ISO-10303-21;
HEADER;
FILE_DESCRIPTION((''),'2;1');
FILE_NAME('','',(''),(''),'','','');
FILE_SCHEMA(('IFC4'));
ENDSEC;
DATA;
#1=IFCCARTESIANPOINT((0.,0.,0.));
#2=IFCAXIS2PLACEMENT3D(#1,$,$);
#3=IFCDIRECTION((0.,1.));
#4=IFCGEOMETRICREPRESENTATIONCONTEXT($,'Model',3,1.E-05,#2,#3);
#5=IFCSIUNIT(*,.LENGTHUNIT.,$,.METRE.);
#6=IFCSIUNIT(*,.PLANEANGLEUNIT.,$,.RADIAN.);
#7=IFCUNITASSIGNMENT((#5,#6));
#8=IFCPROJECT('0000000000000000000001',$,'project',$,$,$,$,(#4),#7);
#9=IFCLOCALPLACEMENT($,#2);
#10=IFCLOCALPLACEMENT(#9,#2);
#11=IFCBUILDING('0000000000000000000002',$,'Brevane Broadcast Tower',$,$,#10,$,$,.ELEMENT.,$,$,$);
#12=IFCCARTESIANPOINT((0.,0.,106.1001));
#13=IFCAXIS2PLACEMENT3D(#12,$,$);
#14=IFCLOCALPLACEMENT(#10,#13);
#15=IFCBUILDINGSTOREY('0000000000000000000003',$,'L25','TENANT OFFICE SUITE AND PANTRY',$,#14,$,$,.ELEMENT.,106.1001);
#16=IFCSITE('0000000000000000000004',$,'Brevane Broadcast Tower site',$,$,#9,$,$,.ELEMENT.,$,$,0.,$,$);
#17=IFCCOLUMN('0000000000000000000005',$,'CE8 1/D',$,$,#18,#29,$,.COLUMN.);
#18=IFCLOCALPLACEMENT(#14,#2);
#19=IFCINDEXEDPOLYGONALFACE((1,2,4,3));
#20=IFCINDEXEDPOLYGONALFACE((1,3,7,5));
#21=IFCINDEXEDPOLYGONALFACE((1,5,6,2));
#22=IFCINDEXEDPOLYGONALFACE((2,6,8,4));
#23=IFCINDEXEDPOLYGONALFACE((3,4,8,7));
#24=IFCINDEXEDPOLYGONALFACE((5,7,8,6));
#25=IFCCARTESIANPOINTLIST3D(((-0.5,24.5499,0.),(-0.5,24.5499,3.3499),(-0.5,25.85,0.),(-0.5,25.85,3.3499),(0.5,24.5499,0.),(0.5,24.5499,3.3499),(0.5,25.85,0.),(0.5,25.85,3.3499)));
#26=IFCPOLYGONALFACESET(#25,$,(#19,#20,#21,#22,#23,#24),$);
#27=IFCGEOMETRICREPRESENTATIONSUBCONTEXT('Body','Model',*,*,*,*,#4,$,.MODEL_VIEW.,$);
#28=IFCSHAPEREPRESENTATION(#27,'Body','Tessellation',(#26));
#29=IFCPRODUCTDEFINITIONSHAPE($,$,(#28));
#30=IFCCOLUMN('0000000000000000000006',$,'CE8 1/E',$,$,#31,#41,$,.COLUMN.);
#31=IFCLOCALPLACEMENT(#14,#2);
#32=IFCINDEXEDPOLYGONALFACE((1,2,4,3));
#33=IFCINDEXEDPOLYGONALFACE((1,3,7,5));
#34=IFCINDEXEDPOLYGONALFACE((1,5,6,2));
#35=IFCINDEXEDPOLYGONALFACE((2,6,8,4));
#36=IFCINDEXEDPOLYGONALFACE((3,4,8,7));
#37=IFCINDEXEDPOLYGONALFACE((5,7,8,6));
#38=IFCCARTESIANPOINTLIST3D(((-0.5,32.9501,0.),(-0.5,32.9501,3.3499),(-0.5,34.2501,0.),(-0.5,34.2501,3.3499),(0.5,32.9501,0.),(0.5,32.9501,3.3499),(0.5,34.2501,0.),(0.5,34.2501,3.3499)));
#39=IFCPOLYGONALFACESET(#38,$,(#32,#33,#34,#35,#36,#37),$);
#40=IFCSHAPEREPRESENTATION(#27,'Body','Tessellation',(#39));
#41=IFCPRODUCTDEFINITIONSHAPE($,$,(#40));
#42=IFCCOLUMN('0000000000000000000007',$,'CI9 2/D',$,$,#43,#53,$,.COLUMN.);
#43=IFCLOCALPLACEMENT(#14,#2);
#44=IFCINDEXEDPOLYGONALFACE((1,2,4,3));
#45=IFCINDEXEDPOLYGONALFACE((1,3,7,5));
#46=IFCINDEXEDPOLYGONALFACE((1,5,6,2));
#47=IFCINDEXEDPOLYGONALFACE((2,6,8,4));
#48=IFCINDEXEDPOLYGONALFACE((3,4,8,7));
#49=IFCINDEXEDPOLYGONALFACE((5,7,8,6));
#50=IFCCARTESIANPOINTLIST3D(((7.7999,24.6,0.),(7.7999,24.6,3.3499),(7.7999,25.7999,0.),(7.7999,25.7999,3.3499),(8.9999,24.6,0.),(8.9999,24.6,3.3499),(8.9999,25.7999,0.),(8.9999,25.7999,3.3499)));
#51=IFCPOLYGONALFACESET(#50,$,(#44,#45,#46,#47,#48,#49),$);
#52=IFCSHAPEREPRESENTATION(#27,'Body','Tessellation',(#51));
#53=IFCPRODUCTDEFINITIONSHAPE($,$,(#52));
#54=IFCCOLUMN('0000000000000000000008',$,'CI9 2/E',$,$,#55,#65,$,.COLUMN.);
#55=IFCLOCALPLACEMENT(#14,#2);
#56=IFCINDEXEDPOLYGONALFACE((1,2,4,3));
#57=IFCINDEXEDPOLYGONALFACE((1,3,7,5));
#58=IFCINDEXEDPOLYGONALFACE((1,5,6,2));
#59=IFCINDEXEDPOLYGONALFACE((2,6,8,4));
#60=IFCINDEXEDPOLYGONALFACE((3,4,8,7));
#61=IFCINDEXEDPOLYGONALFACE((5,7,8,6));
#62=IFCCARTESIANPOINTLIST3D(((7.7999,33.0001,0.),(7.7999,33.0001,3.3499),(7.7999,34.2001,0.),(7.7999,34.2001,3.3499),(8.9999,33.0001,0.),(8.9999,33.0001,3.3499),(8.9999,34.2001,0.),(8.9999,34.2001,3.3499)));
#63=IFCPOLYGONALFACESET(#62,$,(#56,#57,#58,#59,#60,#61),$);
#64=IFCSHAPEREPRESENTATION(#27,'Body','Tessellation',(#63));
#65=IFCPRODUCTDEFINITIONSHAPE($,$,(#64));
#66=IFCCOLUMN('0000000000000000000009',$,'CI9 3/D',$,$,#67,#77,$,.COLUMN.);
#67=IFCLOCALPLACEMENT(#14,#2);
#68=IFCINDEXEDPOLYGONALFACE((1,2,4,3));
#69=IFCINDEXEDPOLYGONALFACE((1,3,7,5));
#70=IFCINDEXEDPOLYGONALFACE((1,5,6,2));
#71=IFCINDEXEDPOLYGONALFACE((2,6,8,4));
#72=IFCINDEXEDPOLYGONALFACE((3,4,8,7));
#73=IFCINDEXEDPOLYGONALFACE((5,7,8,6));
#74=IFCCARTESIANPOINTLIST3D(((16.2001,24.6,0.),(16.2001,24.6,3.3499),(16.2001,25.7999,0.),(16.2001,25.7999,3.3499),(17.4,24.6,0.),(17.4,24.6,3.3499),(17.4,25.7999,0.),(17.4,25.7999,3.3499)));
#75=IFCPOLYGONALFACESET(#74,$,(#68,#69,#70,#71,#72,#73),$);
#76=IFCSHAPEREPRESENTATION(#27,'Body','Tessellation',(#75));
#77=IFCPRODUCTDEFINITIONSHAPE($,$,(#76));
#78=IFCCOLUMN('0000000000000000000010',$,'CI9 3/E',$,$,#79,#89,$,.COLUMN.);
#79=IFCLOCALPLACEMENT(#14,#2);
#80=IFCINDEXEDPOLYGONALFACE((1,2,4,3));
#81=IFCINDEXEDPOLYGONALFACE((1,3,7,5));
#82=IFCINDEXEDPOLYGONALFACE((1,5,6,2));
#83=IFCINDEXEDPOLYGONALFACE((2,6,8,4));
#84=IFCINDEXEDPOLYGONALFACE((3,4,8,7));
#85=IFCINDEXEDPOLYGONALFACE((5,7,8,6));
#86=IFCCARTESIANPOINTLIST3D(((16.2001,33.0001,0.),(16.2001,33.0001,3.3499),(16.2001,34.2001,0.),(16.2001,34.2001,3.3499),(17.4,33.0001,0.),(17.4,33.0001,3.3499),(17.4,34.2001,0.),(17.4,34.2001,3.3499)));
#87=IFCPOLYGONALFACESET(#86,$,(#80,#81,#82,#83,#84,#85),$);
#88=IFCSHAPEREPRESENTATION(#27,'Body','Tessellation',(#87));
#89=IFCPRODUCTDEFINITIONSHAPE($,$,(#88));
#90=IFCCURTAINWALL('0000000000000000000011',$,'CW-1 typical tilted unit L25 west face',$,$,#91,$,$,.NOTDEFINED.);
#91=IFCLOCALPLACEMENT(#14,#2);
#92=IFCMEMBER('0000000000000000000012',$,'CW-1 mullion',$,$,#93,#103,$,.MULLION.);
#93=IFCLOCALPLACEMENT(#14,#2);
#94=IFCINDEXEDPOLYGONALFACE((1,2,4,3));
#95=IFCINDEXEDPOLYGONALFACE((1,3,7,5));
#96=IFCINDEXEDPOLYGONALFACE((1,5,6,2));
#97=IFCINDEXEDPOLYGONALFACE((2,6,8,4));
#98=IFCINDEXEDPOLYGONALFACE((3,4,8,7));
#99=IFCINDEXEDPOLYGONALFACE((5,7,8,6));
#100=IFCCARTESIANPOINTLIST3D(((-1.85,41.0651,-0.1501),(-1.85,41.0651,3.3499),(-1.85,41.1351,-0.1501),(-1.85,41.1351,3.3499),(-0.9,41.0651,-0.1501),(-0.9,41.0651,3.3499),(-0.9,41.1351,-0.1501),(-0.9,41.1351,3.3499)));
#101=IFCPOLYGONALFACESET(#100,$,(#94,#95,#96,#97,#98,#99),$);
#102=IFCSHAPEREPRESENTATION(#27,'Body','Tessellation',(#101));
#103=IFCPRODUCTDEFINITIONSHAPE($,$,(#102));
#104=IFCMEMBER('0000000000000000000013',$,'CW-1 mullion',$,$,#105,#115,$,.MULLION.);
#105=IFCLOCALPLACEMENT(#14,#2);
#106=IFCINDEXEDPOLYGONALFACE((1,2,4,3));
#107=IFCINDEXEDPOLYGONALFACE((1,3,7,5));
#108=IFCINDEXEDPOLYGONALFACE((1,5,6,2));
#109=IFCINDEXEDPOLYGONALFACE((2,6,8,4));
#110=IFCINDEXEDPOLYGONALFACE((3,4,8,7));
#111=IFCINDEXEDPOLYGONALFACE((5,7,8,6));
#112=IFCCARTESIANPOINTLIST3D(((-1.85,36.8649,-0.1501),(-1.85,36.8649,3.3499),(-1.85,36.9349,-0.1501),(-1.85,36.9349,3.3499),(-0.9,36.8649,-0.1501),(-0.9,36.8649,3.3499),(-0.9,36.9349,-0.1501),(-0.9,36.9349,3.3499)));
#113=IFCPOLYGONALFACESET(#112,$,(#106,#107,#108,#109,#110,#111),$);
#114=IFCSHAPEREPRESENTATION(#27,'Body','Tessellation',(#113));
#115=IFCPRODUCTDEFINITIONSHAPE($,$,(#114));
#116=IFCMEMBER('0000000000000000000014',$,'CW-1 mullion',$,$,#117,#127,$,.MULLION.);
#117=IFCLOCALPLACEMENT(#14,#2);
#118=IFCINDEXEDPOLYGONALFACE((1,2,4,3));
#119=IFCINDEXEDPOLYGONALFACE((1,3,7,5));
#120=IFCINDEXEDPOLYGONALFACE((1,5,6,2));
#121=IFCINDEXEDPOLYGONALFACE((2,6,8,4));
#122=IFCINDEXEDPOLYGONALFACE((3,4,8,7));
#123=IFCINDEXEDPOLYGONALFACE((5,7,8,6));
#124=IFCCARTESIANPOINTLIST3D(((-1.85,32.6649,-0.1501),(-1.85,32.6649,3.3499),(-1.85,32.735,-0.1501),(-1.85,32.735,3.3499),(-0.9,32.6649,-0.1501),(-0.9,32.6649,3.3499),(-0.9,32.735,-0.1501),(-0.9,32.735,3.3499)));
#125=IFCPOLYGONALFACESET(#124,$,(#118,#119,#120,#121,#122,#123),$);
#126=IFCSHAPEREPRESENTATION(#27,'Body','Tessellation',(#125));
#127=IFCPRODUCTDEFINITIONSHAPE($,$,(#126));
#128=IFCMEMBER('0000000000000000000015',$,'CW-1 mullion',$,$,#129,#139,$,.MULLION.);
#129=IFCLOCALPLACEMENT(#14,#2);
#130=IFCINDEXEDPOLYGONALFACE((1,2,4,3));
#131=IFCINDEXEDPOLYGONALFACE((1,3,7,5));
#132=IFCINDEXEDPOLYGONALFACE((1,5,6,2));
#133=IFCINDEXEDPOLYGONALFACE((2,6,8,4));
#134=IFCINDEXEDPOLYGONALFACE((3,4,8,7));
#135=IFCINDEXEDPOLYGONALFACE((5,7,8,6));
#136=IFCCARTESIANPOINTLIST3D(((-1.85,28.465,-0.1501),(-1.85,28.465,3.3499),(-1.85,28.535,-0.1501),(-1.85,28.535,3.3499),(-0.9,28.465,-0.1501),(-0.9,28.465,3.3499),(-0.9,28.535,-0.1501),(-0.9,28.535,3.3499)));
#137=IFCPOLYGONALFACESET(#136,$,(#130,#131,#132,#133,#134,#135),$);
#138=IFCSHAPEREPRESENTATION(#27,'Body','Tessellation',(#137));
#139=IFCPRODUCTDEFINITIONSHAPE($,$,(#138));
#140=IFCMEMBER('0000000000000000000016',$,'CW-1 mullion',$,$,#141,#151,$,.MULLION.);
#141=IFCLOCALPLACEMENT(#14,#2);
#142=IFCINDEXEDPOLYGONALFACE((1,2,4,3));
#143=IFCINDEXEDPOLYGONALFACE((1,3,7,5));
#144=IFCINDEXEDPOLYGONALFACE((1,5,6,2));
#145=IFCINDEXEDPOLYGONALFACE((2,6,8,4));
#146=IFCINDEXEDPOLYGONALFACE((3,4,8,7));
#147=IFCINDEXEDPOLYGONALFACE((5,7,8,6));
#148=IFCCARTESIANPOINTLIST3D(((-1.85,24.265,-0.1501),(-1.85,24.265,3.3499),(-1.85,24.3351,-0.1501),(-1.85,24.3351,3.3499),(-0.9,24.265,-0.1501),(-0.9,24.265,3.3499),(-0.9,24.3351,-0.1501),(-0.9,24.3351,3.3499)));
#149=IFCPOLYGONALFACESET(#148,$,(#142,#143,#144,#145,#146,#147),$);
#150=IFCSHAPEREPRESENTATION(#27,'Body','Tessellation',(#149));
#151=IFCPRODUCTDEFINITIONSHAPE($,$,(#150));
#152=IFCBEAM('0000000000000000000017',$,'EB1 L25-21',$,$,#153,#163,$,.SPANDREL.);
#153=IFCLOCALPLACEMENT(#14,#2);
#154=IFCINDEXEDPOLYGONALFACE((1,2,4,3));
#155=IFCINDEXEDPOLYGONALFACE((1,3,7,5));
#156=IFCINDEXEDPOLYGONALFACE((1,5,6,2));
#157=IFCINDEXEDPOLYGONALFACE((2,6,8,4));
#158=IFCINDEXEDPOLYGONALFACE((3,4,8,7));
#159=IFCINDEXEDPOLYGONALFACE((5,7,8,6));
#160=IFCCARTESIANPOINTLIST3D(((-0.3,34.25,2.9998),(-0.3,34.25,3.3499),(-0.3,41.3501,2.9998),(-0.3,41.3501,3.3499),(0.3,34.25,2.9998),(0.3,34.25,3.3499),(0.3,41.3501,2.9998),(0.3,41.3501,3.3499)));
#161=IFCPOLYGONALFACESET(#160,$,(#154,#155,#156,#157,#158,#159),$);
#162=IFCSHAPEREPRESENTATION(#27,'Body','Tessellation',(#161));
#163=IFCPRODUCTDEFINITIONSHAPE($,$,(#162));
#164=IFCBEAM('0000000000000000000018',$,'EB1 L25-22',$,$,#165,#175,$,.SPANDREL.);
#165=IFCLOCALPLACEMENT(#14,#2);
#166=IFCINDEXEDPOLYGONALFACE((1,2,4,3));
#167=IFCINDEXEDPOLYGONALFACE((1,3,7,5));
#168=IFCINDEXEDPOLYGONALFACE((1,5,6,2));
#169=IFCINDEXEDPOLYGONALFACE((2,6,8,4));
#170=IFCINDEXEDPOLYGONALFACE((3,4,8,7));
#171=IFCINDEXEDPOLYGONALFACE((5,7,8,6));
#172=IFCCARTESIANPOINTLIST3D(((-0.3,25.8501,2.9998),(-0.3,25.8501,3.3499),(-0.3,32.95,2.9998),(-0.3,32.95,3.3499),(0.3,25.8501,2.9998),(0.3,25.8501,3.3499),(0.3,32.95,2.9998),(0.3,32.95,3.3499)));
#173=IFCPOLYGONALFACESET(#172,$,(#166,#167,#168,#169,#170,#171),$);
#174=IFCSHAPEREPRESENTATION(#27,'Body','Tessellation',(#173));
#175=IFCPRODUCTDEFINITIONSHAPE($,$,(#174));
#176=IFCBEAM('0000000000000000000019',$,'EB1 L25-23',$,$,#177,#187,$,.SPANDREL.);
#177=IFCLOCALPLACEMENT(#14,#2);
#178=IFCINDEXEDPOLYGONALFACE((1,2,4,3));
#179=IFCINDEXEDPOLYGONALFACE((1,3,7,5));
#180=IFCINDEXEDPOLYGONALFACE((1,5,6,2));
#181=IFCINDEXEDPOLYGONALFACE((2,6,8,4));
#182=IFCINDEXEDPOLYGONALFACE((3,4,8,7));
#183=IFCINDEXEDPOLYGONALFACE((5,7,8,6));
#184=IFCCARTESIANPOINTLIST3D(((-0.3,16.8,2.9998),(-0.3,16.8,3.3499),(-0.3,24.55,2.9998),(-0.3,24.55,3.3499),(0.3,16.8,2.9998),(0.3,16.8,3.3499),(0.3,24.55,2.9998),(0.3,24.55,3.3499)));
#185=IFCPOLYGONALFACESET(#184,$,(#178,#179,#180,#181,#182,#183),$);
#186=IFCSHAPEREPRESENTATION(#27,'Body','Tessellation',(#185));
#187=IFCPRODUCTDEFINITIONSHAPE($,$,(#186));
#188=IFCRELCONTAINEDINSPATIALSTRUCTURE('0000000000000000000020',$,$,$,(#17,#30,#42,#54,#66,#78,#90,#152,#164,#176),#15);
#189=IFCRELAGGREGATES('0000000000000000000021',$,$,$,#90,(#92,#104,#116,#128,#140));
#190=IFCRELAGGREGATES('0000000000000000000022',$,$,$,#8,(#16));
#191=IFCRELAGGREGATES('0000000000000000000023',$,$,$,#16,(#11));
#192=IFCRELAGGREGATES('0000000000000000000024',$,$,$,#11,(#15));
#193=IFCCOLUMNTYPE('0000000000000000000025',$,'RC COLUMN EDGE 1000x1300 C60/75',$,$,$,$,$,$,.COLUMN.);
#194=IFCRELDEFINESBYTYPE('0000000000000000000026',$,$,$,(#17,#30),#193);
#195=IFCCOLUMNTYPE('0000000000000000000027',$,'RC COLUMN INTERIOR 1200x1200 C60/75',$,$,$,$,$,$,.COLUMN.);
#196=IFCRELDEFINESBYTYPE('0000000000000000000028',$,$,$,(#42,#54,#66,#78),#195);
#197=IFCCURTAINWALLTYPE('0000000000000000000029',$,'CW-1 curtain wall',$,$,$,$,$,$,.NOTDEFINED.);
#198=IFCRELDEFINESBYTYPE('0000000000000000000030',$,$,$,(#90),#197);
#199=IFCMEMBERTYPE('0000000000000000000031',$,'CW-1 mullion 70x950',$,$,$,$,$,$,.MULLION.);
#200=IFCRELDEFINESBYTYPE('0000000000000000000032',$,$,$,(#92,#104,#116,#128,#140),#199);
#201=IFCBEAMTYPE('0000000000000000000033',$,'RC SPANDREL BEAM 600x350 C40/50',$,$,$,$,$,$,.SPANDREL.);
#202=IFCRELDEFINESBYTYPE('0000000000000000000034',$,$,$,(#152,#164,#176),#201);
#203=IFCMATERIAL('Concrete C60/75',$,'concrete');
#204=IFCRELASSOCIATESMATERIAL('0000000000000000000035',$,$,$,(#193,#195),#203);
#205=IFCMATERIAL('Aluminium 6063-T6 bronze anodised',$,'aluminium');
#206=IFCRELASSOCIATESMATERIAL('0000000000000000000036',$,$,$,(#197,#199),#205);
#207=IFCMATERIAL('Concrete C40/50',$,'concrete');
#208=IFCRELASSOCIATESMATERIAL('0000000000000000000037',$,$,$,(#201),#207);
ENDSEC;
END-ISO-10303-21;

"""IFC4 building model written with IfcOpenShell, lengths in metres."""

from ifc_helpers import new_model, si_unit, direction, frame, origin, origin_2d, place, context, subcontext, project, spatial, rectangle, extrude, material, material_profile, profile_set, type_object, element, aggregate, save


model = new_model("IFC4")

# Units and contexts
model_context = context("Model", 3, precision=1e-05, world=origin(), true_north=direction((0.0, 1.0)))
body_context = subcontext(model_context, "Body", "Model", "MODEL_VIEW")
ifc_project = project(units=[si_unit("LENGTHUNIT", "METRE"), si_unit("PLANEANGLEUNIT", "RADIAN")], contexts=[model_context])

# Site, building, storey
site_placement = place(None, origin())
site = spatial("IfcSite", under=ifc_project, at=site_placement, Name="Brevane Broadcast Tower site", CompositionType="ELEMENT", RefElevation=0.0)
building_placement = place(site_placement, origin())
building = spatial("IfcBuilding", under=site, at=building_placement, Name="Brevane Broadcast Tower", CompositionType="ELEMENT")
storey_placement = place(building_placement, frame((0.0, 0.0, 106.1001)))
storey = spatial("IfcBuildingStorey", under=building, at=storey_placement, Name="L25", Description="TENANT OFFICE SUITE AND PANTRY", CompositionType="ELEMENT", Elevation=106.1001)

# Columns
ifc_material_1 = material(Name="Concrete C60/75", Category="concrete")
ifc_material_profile_1 = material_profile(ifc_material_1, rectangle(XDim=1.0, YDim=1.3, at=origin_2d()), Name="RC 1000x1300")
ifc_profile_set_1 = profile_set([ifc_material_profile_1], Name="Concrete C60/75")
column_type_1 = type_object("IfcColumnType", Name="RC COLUMN EDGE 1000x1300 C60/75", PredefinedType="COLUMN", material=ifc_profile_set_1)
for number, where, z_axis, x_axis, name in (
    (1, (0.0, 25.2, 0.0), (0.0, 0.0, 1.0), (1.0, 0.0, 0.0), "CE8 1/D"),
    (2, (0.0, 33.6001, 0.0), (0.0, 0.0, 1.0), (1.0, 0.0, 0.0), "CE8 1/E"),
):
    element("IfcColumn", number, at=place(storey_placement, frame(where, z_axis=z_axis, x_axis=x_axis)), inside=storey, type_object=column_type_1, Name=name, PredefinedType="COLUMN", context=body_context, shape_type="SweptSolid", body=[
        extrude(rectangle(XDim=1.0, YDim=1.3, at=origin_2d()), origin(), (0.0, 0.0, 1.0), 3.3499),
    ])
ifc_material_profile_2 = material_profile(ifc_material_1, rectangle(XDim=1.2, YDim=1.2, at=origin_2d()), Name="RC 1200x1200")
ifc_profile_set_2 = profile_set([ifc_material_profile_2], Name="Concrete C60/75")
column_type_2 = type_object("IfcColumnType", Name="RC COLUMN INTERIOR 1200x1200 C60/75", PredefinedType="COLUMN", material=ifc_profile_set_2)
for number, where, z_axis, x_axis, name in (
    (3, (8.3999, 25.2, 0.0), (0.0, 0.0, 1.0), (1.0, 0.0, 0.0), "CI9 2/D"),
    (4, (8.3999, 33.6001, 0.0), (0.0, 0.0, 1.0), (1.0, 0.0, 0.0), "CI9 2/E"),
    (5, (16.8, 25.2, 0.0), (0.0, 0.0, 1.0), (1.0, 0.0, 0.0), "CI9 3/D"),
    (6, (16.8, 33.6001, 0.0), (0.0, 0.0, 1.0), (1.0, 0.0, 0.0), "CI9 3/E"),
):
    element("IfcColumn", number, at=place(storey_placement, frame(where, z_axis=z_axis, x_axis=x_axis)), inside=storey, type_object=column_type_2, Name=name, PredefinedType="COLUMN", context=body_context, shape_type="SweptSolid", body=[
        extrude(rectangle(XDim=1.2, YDim=1.2, at=origin_2d()), origin(), (0.0, 0.0, 1.0), 3.3499),
    ])

# Curtain wall, members
ifc_material_2 = material(Name="Aluminium 6063-T6 bronze anodised", Category="aluminium")
curtain_wall_type = type_object("IfcCurtainWallType", Name="CW-1 curtain wall", PredefinedType="NOTDEFINED", material=ifc_material_2)
curtain_wall_placement = place(storey_placement, origin())
curtain_wall = element("IfcCurtainWall", 7, at=curtain_wall_placement, inside=storey, type_object=curtain_wall_type, Name="CW-1 typical tilted unit L25 west face", PredefinedType="NOTDEFINED")
ifc_material_profile_3 = material_profile(ifc_material_2, rectangle(XDim=0.95, YDim=0.0701, at=origin_2d()), Name="RECT 70x950")
ifc_profile_set_3 = profile_set([ifc_material_profile_3], Name="Aluminium 6063-T6 bronze anodised")
member_type = type_object("IfcMemberType", Name="CW-1 mullion 70x950", PredefinedType="MULLION", material=ifc_profile_set_3)
member_1_placement = place(storey_placement, frame((-1.375, 41.1001, -0.1501), z_axis=(0.0, 0.0, 1.0), x_axis=(1.0, 0.0, 0.0)))
member_1 = element("IfcMember", 8, at=member_1_placement, type_object=member_type, Name="CW-1 mullion", PredefinedType="MULLION", context=body_context, shape_type="SweptSolid", body=[
    extrude(rectangle(XDim=0.95, YDim=0.0701, at=origin_2d()), origin(), (0.0, 0.0, 1.0), 3.5),
])
member_2_placement = place(storey_placement, frame((-1.375, 36.8999, -0.1501), z_axis=(0.0, 0.0, 1.0), x_axis=(1.0, 0.0, 0.0)))
member_2 = element("IfcMember", 9, at=member_2_placement, type_object=member_type, Name="CW-1 mullion", PredefinedType="MULLION", context=body_context, shape_type="SweptSolid", body=[
    extrude(rectangle(XDim=0.95, YDim=0.0701, at=origin_2d()), origin(), (0.0, 0.0, 1.0), 3.5),
])
member_3_placement = place(storey_placement, frame((-1.375, 32.7, -0.1501), z_axis=(0.0, 0.0, 1.0), x_axis=(1.0, 0.0, 0.0)))
member_3 = element("IfcMember", 10, at=member_3_placement, type_object=member_type, Name="CW-1 mullion", PredefinedType="MULLION", context=body_context, shape_type="SweptSolid", body=[
    extrude(rectangle(XDim=0.95, YDim=0.0701, at=origin_2d()), origin(), (0.0, 0.0, 1.0), 3.5),
])
member_4_placement = place(storey_placement, frame((-1.375, 28.5, -0.1501), z_axis=(0.0, 0.0, 1.0), x_axis=(1.0, 0.0, 0.0)))
member_4 = element("IfcMember", 11, at=member_4_placement, type_object=member_type, Name="CW-1 mullion", PredefinedType="MULLION", context=body_context, shape_type="SweptSolid", body=[
    extrude(rectangle(XDim=0.95, YDim=0.0701, at=origin_2d()), origin(), (0.0, 0.0, 1.0), 3.5),
])
member_5_placement = place(storey_placement, frame((-1.375, 24.3, -0.1501), z_axis=(0.0, 0.0, 1.0), x_axis=(1.0, 0.0, 0.0)))
member_5 = element("IfcMember", 12, at=member_5_placement, type_object=member_type, Name="CW-1 mullion", PredefinedType="MULLION", context=body_context, shape_type="SweptSolid", body=[
    extrude(rectangle(XDim=0.95, YDim=0.0701, at=origin_2d()), origin(), (0.0, 0.0, 1.0), 3.5),
])
aggregate(curtain_wall, [member_1, member_2, member_3, member_4, member_5])

# Beams
ifc_material_3 = material(Name="Concrete C40/50", Category="concrete")
ifc_material_profile_4 = material_profile(ifc_material_3, rectangle(XDim=0.6001, YDim=0.3501, at=origin_2d()), Name="RC 600x350")
ifc_profile_set_4 = profile_set([ifc_material_profile_4], Name="Concrete C40/50")
beam_type = type_object("IfcBeamType", Name="RC SPANDREL BEAM 600x350 C40/50", PredefinedType="SPANDREL", material=ifc_profile_set_4)
beam_1_placement = place(storey_placement, frame((0.0, 41.3501, 3.1748), z_axis=(0.0, -1.0, 0.0), x_axis=(1.0, 0.0, 0.0)))
element("IfcBeam", 13, at=beam_1_placement, inside=storey, type_object=beam_type, Name="EB1 L25-21", PredefinedType="SPANDREL", context=body_context, shape_type="SweptSolid", body=[
    extrude(rectangle(XDim=0.6001, YDim=0.3501, at=origin_2d()), origin(), (0.0, 0.0, 1.0), 7.1001),
])
beam_2_placement = place(storey_placement, frame((0.0, 32.95, 3.1748), z_axis=(0.0, -1.0, 0.0), x_axis=(1.0, 0.0, 0.0)))
element("IfcBeam", 14, at=beam_2_placement, inside=storey, type_object=beam_type, Name="EB1 L25-22", PredefinedType="SPANDREL", context=body_context, shape_type="SweptSolid", body=[
    extrude(rectangle(XDim=0.6001, YDim=0.3501, at=origin_2d()), origin(), (0.0, 0.0, 1.0), 7.0999),
])
beam_3_placement = place(storey_placement, frame((0.0, 24.55, 3.1748), z_axis=(0.0, -1.0, 0.0), x_axis=(1.0, 0.0, 0.0)))
element("IfcBeam", 15, at=beam_3_placement, inside=storey, type_object=beam_type, Name="EB1 L25-23", PredefinedType="SPANDREL", context=body_context, shape_type="SweptSolid", body=[
    extrude(rectangle(XDim=0.6001, YDim=0.3501, at=origin_2d()), origin(), (0.0, 0.0, 1.0), 7.75),
])

save(model, "model.ifc")
